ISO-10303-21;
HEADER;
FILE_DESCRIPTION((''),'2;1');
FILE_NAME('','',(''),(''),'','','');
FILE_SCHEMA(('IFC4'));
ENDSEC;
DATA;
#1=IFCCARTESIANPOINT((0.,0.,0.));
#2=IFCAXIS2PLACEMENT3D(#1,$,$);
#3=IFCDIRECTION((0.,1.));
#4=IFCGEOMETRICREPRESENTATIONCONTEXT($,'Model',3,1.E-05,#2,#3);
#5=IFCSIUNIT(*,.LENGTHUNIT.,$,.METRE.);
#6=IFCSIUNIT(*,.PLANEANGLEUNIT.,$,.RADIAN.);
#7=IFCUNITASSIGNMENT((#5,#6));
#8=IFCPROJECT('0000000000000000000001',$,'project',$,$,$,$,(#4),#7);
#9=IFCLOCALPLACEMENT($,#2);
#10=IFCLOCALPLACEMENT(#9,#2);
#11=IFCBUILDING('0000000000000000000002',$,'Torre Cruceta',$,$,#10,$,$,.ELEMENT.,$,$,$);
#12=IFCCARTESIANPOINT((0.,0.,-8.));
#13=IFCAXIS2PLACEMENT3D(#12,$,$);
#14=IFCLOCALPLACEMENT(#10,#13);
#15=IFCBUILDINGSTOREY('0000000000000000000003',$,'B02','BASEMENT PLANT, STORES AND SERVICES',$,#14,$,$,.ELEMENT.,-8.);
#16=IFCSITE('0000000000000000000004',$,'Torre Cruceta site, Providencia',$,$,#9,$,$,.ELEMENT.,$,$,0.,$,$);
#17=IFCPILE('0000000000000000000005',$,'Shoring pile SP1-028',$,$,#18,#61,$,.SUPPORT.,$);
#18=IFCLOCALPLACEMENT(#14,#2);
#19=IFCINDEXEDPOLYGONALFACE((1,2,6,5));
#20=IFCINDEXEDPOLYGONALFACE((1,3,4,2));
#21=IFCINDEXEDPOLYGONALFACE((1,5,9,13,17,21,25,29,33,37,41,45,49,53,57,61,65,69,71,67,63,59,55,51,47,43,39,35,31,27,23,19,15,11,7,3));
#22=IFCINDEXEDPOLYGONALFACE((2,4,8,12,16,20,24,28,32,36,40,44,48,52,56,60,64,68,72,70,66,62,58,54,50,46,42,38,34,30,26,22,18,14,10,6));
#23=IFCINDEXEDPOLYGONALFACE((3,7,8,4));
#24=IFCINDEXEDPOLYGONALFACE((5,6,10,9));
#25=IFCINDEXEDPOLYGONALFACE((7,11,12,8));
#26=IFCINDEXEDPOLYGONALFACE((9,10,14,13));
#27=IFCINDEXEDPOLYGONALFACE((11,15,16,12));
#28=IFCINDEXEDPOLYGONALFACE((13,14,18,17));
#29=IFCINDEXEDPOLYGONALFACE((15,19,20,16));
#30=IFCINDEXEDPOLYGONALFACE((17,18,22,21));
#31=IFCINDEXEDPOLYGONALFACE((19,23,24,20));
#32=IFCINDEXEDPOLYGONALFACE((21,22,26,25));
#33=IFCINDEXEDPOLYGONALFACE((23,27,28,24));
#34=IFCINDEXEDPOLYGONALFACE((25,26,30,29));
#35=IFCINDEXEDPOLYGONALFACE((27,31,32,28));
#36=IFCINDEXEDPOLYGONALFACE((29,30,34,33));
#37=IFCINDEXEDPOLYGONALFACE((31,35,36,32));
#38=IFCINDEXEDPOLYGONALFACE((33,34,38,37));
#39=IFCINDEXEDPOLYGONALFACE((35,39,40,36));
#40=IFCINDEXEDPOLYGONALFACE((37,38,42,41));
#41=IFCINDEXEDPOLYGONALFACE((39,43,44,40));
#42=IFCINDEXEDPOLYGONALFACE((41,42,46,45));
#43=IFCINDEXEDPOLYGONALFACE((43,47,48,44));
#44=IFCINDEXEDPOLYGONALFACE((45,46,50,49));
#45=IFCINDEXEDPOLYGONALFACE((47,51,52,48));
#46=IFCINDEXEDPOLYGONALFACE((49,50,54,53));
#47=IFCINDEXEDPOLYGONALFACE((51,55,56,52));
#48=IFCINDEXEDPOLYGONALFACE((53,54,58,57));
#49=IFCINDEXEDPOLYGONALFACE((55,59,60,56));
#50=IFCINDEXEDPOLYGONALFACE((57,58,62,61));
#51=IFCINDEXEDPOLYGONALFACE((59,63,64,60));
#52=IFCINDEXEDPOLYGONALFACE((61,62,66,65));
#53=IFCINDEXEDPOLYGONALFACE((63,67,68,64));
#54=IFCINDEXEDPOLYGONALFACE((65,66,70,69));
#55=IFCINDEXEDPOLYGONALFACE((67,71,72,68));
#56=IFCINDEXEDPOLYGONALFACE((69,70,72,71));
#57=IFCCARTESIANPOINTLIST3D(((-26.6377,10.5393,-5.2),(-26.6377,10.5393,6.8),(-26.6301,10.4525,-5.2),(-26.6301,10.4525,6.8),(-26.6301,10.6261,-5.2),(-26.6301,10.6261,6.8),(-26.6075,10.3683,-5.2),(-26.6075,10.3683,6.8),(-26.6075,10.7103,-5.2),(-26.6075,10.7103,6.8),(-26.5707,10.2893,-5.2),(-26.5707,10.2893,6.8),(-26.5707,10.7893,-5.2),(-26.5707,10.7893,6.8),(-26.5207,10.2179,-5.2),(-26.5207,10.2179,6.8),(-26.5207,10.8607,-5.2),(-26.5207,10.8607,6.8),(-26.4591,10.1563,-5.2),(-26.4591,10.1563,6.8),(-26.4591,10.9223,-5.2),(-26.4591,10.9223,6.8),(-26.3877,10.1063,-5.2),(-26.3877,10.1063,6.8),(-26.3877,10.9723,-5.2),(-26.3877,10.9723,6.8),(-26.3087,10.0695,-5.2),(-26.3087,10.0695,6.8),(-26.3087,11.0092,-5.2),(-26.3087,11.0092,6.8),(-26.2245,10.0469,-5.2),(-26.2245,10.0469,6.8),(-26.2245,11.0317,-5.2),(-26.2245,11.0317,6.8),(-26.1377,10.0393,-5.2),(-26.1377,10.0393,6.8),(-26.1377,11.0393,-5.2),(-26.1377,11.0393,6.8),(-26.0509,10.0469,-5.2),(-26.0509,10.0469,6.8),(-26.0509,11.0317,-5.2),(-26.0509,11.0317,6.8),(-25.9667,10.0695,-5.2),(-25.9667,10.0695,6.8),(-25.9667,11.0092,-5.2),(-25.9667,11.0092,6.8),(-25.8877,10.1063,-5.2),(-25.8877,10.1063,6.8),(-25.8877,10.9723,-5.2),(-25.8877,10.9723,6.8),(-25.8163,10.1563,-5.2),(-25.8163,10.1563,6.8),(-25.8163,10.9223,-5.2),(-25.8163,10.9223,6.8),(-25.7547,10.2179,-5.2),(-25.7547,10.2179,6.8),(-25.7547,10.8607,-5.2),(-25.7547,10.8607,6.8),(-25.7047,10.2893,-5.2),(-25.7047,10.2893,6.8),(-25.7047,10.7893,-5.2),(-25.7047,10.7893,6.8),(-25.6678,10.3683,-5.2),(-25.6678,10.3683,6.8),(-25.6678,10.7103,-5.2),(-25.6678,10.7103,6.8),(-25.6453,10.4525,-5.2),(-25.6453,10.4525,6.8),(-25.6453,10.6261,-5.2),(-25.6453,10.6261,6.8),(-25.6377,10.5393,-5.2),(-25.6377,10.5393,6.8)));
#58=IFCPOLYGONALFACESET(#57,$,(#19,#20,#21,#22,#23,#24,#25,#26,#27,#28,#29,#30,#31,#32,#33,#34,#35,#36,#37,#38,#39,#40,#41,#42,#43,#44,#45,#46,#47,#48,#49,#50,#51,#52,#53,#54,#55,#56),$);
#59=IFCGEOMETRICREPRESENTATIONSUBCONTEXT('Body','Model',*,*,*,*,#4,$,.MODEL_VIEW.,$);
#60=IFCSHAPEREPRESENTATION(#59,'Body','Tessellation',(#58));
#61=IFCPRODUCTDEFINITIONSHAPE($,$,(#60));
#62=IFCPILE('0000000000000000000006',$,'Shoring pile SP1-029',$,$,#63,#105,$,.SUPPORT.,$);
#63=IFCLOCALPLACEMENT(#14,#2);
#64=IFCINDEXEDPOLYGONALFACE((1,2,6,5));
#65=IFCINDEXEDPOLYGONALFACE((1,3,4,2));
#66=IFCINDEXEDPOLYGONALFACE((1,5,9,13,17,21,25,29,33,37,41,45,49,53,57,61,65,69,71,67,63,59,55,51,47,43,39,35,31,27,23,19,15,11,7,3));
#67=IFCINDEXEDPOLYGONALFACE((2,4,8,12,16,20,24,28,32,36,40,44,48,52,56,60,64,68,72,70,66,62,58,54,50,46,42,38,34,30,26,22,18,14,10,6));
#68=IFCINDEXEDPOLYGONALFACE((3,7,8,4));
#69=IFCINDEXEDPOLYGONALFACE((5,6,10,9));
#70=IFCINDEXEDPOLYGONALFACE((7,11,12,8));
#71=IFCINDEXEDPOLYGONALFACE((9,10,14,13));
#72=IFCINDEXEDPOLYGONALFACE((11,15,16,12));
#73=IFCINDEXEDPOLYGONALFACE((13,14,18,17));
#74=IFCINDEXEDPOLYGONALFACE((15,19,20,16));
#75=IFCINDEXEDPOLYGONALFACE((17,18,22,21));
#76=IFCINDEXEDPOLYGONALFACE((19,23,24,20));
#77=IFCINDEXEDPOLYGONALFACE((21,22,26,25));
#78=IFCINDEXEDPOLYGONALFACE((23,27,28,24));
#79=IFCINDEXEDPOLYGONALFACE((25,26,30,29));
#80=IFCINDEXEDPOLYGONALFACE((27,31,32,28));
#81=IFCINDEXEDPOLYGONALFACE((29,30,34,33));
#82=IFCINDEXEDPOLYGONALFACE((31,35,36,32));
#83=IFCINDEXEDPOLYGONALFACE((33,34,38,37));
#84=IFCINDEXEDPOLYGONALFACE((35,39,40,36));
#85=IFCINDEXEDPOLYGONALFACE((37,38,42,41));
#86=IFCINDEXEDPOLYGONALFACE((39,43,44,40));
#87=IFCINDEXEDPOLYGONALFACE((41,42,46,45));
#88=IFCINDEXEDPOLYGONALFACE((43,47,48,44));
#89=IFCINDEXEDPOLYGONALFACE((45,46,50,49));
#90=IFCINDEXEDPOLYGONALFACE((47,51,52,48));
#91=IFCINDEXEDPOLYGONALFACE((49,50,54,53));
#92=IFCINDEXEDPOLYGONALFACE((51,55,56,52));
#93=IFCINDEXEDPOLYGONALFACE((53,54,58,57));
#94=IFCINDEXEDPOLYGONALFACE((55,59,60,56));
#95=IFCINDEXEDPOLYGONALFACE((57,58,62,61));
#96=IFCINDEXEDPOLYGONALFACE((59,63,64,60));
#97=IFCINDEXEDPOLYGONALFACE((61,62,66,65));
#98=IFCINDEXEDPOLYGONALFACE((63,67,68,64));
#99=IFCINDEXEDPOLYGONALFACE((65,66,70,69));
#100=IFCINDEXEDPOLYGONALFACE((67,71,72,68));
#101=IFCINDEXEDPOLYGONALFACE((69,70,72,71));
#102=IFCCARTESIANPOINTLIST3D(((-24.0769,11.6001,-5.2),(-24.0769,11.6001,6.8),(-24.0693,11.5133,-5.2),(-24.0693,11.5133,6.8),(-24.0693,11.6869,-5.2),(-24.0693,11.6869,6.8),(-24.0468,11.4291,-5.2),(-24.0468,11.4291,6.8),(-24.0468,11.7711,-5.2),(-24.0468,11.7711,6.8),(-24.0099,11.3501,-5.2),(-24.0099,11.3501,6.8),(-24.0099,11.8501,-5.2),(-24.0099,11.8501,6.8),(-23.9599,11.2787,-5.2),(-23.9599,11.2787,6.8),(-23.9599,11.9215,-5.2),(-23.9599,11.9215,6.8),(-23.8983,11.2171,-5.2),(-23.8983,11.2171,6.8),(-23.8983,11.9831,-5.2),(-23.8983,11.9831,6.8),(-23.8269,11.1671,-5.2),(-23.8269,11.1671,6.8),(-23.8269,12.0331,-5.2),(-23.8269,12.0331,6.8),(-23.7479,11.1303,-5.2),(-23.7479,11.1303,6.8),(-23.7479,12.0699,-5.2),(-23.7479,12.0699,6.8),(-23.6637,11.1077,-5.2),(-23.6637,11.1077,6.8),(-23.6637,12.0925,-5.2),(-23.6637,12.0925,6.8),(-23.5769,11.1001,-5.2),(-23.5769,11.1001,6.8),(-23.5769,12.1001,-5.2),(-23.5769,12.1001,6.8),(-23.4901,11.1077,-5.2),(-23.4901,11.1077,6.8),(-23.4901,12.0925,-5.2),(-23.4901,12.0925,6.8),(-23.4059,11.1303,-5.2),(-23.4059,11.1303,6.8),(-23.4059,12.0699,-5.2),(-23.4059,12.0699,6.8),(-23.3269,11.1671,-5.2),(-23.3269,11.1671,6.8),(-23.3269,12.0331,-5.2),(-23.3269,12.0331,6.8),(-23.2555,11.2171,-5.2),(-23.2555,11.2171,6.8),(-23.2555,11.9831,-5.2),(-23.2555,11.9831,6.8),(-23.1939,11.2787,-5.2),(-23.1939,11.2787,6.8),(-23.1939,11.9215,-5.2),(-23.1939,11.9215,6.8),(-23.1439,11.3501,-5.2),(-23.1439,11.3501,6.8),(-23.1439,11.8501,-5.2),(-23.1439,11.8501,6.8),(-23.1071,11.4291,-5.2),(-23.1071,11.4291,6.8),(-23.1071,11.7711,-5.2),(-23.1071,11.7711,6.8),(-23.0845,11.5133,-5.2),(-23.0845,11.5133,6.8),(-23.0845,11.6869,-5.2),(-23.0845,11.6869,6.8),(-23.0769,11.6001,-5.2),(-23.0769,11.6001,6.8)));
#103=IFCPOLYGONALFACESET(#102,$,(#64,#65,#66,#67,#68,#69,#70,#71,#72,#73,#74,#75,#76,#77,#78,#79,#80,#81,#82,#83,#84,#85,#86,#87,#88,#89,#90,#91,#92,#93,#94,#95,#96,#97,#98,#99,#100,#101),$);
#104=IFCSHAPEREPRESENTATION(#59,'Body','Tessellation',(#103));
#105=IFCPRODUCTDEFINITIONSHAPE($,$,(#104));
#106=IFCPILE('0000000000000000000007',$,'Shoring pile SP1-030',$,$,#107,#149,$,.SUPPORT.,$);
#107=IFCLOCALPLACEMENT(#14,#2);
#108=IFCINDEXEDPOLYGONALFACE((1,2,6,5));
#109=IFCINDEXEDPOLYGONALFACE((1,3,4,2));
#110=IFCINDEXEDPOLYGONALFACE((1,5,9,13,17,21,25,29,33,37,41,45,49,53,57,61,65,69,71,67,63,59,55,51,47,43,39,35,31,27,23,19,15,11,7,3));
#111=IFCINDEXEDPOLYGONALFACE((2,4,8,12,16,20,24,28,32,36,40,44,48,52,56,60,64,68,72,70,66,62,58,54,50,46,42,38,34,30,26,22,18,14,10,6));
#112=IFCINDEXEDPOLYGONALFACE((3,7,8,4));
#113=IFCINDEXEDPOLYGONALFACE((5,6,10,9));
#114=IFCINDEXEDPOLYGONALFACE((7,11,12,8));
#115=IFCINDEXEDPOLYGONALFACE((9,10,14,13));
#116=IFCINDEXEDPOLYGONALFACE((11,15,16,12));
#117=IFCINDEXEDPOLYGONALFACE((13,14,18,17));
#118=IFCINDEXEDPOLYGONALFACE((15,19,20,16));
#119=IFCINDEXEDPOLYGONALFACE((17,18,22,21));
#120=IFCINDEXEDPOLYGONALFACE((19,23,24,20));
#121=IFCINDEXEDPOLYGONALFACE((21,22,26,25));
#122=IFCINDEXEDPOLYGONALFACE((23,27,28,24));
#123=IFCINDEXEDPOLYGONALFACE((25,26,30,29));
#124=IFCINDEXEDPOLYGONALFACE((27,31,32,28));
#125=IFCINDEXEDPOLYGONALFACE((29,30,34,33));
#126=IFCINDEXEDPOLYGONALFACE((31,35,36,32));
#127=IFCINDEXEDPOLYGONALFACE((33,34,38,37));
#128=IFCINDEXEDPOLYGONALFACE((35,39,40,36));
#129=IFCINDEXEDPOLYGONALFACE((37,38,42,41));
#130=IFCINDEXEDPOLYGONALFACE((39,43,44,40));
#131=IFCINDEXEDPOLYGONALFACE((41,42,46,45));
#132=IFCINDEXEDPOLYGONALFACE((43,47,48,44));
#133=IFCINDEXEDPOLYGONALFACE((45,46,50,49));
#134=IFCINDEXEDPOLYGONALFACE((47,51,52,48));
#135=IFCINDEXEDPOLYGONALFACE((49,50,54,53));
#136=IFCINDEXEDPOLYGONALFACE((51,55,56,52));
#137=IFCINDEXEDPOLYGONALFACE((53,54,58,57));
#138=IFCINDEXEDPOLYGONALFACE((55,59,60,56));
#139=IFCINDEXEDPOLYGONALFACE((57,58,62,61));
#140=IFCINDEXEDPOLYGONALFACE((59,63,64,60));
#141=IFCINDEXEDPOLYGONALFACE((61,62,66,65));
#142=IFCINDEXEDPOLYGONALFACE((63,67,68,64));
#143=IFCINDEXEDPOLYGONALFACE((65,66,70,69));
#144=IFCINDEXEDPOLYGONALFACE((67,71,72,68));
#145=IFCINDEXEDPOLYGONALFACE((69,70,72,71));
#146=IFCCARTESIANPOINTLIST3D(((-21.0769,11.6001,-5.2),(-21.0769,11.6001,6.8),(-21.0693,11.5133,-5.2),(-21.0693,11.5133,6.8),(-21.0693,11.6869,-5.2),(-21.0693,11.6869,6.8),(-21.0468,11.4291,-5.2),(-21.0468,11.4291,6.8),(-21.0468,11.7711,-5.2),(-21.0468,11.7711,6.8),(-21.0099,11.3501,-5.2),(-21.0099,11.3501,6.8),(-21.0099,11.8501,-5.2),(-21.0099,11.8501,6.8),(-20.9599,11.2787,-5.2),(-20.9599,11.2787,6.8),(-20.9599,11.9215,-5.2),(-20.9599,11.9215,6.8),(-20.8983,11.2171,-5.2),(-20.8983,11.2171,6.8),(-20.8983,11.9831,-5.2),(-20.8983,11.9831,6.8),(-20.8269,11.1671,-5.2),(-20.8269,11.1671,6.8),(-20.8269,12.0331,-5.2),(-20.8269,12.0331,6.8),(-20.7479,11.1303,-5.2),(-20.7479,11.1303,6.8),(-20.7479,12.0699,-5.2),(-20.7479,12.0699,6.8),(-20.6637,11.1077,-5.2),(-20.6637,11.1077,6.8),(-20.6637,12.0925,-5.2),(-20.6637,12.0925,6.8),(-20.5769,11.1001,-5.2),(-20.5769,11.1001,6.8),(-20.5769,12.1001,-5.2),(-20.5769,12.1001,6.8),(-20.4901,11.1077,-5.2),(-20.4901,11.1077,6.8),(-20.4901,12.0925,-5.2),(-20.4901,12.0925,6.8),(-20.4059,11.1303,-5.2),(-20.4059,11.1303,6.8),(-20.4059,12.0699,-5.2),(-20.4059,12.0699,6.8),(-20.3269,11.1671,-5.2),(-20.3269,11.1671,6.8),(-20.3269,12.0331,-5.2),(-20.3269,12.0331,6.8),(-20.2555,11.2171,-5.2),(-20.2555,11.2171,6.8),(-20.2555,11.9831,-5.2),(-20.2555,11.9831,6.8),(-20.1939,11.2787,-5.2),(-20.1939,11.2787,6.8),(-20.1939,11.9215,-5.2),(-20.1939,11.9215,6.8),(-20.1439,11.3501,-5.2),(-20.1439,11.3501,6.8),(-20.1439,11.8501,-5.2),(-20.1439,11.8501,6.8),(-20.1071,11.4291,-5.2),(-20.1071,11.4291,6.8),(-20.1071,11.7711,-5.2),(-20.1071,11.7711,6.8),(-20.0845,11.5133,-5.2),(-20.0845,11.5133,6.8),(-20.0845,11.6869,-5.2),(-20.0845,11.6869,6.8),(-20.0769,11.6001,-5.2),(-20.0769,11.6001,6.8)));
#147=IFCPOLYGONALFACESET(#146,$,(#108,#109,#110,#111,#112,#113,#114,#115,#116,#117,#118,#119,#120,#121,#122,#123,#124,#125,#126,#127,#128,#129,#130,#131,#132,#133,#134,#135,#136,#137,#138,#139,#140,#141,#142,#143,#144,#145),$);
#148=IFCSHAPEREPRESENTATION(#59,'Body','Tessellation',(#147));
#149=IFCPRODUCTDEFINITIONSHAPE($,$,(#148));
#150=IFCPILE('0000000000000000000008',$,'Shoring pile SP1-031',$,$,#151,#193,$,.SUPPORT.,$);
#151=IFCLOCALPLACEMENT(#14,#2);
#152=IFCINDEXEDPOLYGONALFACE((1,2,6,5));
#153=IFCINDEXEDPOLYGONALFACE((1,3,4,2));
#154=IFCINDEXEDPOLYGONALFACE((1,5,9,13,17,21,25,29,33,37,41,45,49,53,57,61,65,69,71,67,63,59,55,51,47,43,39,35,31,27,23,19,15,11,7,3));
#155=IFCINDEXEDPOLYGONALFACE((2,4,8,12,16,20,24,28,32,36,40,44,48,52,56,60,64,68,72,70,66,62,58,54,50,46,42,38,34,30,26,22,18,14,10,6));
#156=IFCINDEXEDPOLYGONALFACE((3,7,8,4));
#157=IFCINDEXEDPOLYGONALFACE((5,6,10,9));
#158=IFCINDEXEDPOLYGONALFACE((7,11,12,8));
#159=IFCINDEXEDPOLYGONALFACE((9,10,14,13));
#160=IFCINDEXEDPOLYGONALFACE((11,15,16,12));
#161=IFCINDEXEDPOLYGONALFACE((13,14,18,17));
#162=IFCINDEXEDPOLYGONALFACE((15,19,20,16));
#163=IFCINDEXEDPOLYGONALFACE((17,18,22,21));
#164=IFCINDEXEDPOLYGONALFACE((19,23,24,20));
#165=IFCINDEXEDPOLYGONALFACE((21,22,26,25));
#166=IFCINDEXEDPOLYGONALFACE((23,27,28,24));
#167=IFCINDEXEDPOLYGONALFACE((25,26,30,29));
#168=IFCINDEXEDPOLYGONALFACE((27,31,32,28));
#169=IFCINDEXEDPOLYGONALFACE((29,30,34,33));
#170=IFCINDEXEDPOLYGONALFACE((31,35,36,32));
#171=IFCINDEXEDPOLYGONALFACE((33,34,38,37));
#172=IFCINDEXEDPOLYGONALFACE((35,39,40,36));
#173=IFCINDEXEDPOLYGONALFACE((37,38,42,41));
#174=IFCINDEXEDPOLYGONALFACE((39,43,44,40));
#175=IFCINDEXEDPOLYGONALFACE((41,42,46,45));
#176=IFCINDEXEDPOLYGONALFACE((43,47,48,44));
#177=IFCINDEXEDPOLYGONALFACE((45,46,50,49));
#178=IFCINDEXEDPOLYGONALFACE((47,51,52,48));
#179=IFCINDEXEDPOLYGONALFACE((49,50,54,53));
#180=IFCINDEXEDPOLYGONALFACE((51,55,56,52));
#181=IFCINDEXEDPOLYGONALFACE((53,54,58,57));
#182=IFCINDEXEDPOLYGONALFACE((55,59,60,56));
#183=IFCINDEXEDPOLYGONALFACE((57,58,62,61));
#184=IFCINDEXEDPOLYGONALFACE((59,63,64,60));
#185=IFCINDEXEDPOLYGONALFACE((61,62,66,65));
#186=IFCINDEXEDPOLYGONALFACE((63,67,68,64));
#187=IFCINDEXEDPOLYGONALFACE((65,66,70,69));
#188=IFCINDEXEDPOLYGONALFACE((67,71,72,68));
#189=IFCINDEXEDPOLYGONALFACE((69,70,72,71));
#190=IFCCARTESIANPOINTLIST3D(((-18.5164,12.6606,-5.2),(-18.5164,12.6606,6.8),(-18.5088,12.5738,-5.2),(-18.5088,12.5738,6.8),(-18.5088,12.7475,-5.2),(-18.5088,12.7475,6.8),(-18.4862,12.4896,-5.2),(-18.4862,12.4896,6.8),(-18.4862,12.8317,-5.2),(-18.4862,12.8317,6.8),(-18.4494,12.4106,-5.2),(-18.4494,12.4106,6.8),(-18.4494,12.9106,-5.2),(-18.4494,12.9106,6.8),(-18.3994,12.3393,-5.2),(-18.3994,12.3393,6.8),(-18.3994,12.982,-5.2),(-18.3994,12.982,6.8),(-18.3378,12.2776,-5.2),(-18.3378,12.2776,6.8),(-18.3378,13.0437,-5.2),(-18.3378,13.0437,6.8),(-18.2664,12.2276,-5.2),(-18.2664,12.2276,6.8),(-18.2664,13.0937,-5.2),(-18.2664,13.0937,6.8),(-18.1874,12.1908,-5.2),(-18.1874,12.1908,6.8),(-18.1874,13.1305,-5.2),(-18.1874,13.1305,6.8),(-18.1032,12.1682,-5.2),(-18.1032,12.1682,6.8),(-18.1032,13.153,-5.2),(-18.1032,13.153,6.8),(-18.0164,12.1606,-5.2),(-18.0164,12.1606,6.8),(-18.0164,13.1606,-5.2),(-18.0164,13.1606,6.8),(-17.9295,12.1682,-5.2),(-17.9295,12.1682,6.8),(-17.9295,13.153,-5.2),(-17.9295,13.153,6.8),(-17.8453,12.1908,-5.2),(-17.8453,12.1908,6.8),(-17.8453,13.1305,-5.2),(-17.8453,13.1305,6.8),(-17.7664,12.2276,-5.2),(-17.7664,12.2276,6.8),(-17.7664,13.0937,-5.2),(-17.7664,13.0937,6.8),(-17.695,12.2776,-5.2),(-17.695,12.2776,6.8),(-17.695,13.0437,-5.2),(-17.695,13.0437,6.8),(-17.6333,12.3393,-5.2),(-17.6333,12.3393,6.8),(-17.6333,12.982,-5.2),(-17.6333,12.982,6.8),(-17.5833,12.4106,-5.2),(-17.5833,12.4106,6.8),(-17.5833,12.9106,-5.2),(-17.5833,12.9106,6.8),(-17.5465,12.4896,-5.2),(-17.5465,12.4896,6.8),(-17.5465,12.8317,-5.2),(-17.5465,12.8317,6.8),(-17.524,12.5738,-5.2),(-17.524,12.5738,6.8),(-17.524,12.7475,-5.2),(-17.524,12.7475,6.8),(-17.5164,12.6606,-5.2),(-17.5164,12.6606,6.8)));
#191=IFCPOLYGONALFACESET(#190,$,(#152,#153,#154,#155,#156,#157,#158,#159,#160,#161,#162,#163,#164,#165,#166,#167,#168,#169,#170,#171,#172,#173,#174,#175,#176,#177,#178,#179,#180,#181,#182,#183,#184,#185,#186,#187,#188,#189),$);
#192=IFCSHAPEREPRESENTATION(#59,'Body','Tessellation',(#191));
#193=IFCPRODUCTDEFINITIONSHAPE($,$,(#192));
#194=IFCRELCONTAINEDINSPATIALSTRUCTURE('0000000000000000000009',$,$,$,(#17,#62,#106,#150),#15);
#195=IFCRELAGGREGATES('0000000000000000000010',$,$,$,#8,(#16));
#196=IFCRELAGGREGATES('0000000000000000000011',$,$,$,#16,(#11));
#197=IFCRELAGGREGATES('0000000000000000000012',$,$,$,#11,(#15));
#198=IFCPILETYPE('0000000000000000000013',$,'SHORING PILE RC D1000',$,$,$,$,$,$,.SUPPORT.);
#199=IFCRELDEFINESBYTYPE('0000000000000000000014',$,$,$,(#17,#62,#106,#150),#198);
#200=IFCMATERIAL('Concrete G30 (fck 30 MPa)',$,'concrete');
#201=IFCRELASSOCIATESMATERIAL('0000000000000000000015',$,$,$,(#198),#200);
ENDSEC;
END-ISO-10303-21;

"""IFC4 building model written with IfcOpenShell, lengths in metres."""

from ifc_helpers import new_model, si_unit, direction, frame, origin, origin_2d, place, context, subcontext, project, spatial, circle, extrude, material, material_profile, profile_set, type_object, element, save


model = new_model("IFC4")

# Units and contexts
model_context = context("Model", 3, precision=1e-05, world=origin(), true_north=direction((0.0, 1.0)))
body_context = subcontext(model_context, "Body", "Model", "MODEL_VIEW")
ifc_project = project(units=[si_unit("LENGTHUNIT", "METRE"), si_unit("PLANEANGLEUNIT", "RADIAN")], contexts=[model_context])

# Site, building, storey
site_placement = place(None, origin())
site = spatial("IfcSite", under=ifc_project, at=site_placement, Name="Torre Cruceta site, Providencia", CompositionType="ELEMENT", RefElevation=0.0)
building_placement = place(site_placement, origin())
building = spatial("IfcBuilding", under=site, at=building_placement, Name="Torre Cruceta", CompositionType="ELEMENT")
storey_placement = place(building_placement, frame((0.0, 0.0, -8.0)))
storey = spatial("IfcBuildingStorey", under=building, at=storey_placement, Name="B02", Description="BASEMENT PLANT, STORES AND SERVICES", CompositionType="ELEMENT", Elevation=-8.0)

# Piles
ifc_material_1 = material(Name="Concrete G30 (fck 30 MPa)", Category="concrete")
ifc_material_profile_1 = material_profile(ifc_material_1, circle(Radius=0.5, at=origin_2d()), Name="RC D1000")
ifc_profile_set_1 = profile_set([ifc_material_profile_1], Name="Concrete G30 (fck 30 MPa)")
pile_type_1 = type_object("IfcPileType", Name="SHORING PILE RC D1000", PredefinedType="SUPPORT", material=ifc_profile_set_1)
for number, where, z_axis, x_axis, name in (
    (1, (-26.1377, 10.5393, 6.8), (0.0, 0.0, -1.0), (1.0, 0.0, 0.0), "Shoring pile SP1-028"),
    (2, (-23.5769, 11.6001, 6.8), (0.0, 0.0, -1.0), (1.0, 0.0, 0.0), "Shoring pile SP1-029"),
    (3, (-20.5769, 11.6001, 6.8), (0.0, 0.0, -1.0), (1.0, 0.0, 0.0), "Shoring pile SP1-030"),
    (4, (-18.0164, 12.6606, 6.8), (0.0, 0.0, -1.0), (1.0, 0.0, 0.0), "Shoring pile SP1-031"),
):
    element("IfcPile", number, at=place(storey_placement, frame(where, z_axis=z_axis, x_axis=x_axis)), inside=storey, type_object=pile_type_1, Name=name, PredefinedType="SUPPORT", context=body_context, shape_type="SweptSolid", body=[
        extrude(circle(Radius=0.5, at=origin_2d()), origin(), (0.0, 0.0, 1.0), 12.0),
    ])

save(model, "model.ifc")
